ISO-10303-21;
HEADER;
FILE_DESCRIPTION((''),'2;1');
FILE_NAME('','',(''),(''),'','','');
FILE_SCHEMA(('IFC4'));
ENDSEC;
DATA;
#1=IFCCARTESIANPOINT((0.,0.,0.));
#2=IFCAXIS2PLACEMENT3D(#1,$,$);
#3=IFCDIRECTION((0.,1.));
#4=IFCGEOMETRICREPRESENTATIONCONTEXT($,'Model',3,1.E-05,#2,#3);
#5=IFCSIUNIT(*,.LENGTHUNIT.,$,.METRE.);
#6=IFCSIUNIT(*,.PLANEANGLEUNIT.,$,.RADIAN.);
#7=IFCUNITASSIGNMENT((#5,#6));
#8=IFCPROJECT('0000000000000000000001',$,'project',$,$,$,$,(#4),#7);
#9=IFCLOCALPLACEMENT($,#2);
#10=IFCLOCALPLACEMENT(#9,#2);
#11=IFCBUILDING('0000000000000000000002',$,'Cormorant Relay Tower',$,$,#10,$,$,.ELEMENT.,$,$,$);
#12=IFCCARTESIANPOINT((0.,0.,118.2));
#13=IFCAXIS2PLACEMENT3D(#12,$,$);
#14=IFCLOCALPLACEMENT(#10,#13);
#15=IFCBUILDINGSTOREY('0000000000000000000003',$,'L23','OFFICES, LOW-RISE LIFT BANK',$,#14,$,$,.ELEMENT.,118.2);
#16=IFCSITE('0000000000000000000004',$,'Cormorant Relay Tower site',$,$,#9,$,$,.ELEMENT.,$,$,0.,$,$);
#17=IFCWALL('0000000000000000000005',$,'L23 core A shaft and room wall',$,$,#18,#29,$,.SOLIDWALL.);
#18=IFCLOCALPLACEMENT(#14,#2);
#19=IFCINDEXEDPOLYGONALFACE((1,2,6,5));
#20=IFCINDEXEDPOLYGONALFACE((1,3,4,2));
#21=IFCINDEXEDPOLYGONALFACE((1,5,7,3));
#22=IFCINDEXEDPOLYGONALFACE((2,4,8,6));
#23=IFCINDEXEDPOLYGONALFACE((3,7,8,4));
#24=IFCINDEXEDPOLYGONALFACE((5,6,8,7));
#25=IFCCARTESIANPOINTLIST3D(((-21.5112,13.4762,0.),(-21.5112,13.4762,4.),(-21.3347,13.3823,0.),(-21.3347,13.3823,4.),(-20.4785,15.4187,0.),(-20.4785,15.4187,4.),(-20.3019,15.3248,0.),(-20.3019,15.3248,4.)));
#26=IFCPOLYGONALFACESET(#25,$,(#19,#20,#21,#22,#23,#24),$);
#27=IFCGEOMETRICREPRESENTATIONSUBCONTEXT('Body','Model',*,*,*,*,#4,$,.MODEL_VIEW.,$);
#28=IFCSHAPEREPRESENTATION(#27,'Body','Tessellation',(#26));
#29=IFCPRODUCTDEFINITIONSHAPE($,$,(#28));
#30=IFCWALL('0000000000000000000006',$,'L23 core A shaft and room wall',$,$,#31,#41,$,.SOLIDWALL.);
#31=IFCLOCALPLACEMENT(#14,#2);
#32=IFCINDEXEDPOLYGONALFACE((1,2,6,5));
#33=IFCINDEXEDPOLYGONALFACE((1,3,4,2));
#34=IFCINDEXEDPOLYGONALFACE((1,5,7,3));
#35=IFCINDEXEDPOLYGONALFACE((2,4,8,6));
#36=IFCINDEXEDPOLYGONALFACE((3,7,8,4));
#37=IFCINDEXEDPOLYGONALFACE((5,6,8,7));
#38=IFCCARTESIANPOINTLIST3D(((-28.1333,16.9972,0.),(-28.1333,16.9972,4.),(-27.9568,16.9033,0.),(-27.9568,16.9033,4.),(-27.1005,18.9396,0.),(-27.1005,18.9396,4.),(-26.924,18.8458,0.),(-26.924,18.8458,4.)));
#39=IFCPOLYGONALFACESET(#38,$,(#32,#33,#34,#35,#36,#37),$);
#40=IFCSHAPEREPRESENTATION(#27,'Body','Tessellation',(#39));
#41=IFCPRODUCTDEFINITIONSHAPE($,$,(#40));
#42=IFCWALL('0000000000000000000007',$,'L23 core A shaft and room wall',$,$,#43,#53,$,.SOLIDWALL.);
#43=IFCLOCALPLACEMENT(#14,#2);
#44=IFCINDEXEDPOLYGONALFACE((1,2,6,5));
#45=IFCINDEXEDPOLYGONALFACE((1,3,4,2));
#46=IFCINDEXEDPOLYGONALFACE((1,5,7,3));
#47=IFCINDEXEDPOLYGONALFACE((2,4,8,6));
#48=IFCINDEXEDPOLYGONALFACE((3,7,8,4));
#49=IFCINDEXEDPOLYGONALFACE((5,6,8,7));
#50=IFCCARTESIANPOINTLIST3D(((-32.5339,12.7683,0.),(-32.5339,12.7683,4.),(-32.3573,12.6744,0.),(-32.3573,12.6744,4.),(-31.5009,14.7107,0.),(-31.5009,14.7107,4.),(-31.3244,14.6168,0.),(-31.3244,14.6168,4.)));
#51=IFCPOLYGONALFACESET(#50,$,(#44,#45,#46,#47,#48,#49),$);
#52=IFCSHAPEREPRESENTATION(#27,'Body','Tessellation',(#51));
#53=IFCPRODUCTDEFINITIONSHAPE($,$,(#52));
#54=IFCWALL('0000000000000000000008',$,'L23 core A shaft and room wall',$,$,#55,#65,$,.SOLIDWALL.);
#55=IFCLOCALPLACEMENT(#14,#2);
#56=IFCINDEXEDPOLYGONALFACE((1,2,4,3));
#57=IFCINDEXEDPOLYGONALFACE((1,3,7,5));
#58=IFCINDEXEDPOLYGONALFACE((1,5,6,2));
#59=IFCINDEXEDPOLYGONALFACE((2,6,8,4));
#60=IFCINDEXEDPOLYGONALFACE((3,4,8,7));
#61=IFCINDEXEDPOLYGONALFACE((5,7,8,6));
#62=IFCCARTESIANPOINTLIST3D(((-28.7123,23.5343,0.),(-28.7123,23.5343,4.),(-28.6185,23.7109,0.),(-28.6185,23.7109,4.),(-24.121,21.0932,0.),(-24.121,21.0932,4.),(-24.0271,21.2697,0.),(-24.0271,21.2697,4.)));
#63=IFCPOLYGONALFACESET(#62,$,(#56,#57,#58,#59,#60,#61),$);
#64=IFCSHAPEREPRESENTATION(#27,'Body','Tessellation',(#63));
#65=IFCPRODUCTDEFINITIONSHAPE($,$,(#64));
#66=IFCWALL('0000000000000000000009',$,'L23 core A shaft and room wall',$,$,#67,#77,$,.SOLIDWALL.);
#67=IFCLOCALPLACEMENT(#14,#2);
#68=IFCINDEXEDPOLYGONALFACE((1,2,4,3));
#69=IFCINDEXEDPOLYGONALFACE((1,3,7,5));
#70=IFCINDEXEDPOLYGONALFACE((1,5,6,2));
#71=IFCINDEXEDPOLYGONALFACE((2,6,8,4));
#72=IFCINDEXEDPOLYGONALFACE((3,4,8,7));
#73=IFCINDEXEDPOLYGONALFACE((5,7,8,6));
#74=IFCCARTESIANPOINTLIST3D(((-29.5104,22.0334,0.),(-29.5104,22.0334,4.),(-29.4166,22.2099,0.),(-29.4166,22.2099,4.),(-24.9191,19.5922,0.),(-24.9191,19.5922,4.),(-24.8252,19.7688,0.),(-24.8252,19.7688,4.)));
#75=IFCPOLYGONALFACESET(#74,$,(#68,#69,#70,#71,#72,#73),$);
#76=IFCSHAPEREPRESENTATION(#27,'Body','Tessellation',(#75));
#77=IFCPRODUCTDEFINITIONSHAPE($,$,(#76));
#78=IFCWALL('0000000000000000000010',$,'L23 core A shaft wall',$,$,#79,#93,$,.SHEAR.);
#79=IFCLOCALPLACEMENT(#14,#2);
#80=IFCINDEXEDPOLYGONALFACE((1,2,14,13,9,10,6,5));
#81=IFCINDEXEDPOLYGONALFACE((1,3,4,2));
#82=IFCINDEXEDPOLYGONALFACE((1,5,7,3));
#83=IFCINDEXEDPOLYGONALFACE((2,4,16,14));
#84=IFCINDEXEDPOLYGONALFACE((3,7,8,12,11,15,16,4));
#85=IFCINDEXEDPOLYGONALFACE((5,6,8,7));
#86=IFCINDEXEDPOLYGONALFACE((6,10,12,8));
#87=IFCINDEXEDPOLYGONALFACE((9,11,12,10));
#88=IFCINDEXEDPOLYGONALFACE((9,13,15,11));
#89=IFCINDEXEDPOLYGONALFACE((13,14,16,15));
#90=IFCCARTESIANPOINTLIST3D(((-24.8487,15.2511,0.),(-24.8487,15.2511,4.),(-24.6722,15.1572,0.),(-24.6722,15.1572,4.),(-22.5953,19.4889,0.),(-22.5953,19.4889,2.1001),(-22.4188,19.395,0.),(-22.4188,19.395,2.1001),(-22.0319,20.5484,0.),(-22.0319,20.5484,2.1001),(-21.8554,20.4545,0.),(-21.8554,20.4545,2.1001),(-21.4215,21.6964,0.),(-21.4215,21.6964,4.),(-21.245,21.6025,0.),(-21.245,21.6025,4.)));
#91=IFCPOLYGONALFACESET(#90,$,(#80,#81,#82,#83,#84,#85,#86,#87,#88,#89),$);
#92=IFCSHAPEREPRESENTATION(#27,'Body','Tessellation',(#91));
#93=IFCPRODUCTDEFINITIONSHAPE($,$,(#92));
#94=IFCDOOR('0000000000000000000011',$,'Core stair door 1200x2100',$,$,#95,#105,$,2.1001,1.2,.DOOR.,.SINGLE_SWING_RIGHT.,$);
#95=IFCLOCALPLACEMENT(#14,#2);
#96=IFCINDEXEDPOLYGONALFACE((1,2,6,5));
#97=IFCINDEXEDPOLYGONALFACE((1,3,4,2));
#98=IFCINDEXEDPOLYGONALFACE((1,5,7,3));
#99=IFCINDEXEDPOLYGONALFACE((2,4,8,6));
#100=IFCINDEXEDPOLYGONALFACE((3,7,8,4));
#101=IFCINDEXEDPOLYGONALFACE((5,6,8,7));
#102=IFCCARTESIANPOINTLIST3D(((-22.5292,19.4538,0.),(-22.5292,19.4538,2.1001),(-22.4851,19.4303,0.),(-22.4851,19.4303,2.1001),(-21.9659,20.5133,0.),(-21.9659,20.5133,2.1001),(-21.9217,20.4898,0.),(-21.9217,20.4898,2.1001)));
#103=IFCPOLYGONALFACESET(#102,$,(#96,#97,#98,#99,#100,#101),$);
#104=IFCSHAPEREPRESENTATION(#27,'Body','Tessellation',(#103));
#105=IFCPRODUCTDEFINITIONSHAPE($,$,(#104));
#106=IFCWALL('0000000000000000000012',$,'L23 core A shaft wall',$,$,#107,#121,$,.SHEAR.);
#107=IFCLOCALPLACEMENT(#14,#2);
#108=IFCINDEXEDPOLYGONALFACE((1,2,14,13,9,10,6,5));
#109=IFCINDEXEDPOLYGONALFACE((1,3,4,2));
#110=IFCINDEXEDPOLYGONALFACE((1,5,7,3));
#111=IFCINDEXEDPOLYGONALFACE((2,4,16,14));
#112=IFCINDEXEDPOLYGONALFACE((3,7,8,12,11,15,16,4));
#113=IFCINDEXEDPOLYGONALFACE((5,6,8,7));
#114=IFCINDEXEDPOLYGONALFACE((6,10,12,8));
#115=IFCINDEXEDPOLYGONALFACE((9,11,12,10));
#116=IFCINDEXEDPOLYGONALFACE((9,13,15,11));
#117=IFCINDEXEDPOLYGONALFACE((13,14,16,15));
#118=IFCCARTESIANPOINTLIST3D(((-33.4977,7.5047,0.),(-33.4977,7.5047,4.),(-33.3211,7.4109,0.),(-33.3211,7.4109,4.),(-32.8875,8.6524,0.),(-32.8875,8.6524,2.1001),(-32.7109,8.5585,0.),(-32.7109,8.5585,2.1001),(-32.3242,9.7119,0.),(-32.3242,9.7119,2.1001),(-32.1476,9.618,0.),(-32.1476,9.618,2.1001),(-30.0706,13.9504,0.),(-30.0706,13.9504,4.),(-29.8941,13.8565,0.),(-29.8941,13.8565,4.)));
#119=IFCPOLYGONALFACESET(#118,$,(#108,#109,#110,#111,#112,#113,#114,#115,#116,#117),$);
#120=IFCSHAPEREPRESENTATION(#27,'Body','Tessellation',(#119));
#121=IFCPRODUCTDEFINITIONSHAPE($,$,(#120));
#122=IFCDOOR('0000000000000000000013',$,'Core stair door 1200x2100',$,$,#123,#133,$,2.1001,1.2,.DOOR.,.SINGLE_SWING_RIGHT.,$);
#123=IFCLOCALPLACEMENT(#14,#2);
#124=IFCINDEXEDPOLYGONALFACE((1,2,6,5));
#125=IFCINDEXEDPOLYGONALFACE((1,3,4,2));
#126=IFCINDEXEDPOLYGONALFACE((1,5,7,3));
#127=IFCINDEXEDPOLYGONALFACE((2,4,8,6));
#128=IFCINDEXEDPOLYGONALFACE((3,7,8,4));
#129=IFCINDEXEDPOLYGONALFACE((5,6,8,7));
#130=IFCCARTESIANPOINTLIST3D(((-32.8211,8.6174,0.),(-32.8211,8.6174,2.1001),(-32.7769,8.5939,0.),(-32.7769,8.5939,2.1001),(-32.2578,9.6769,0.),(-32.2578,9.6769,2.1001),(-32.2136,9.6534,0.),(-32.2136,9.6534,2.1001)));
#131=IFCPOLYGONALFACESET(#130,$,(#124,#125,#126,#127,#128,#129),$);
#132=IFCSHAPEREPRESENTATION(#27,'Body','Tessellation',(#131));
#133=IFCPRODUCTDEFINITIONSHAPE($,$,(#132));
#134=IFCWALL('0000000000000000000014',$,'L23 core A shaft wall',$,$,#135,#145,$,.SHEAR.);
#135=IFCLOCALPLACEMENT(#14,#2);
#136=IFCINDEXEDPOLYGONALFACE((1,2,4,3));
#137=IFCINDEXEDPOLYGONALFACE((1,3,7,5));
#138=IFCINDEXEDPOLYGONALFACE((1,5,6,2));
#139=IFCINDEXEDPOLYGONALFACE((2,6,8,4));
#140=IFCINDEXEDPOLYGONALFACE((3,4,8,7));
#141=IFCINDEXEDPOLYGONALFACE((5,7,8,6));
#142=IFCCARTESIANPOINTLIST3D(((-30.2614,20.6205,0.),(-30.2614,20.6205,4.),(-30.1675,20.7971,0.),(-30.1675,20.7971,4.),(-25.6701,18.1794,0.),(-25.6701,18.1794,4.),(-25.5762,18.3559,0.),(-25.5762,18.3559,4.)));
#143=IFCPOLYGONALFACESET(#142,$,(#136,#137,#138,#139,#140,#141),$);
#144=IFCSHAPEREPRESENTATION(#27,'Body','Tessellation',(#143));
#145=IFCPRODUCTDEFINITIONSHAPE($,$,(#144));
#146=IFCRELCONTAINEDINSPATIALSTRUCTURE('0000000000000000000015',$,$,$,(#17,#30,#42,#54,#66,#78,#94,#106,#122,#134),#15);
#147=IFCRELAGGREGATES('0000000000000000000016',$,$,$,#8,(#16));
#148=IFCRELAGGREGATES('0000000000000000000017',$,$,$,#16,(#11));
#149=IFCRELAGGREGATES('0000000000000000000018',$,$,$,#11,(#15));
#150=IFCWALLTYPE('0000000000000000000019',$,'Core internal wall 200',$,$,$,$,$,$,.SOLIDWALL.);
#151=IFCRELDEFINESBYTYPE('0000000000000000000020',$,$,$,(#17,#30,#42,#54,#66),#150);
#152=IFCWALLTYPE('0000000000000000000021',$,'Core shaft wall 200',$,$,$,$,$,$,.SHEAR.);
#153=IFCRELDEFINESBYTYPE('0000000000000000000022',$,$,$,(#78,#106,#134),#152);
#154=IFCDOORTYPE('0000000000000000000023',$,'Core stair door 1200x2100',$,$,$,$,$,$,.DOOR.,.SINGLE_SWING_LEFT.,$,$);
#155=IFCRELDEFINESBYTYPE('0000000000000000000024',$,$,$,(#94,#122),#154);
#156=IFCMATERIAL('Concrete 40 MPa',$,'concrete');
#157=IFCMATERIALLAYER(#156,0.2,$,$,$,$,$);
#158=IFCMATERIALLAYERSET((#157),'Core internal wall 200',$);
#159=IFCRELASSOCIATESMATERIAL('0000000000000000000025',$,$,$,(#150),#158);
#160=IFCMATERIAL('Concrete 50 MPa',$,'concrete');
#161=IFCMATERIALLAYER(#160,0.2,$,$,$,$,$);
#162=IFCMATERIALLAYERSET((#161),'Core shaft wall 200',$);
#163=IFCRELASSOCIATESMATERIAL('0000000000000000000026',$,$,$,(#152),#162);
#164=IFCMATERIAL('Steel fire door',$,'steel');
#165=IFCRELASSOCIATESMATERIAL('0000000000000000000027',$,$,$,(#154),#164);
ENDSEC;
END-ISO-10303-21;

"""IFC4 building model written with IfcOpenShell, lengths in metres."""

from ifc_helpers import new_model, si_unit, direction, frame, frame_2d, origin, place, context, subcontext, project, spatial, rectangle, extrude, material, layer, layer_set, type_object, element, fill, save


model = new_model("IFC4")

# Units and contexts
model_context = context("Model", 3, precision=1e-05, world=origin(), true_north=direction((0.0, 1.0)))
body_context = subcontext(model_context, "Body", "Model", "MODEL_VIEW")
ifc_project = project(units=[si_unit("LENGTHUNIT", "METRE"), si_unit("PLANEANGLEUNIT", "RADIAN")], contexts=[model_context])

# Site, building, storey
site_placement = place(None, origin())
site = spatial("IfcSite", under=ifc_project, at=site_placement, Name="Cormorant Relay Tower site", CompositionType="ELEMENT", RefElevation=0.0)
building_placement = place(site_placement, origin())
building = spatial("IfcBuilding", under=site, at=building_placement, Name="Cormorant Relay Tower", CompositionType="ELEMENT")
storey_placement = place(building_placement, frame((0.0, 0.0, 118.2)))
storey = spatial("IfcBuildingStorey", under=building, at=storey_placement, Name="L23", Description="OFFICES, LOW-RISE LIFT BANK", CompositionType="ELEMENT", Elevation=118.2)

# Walls
ifc_material_1 = material(Name="Concrete 40 MPa", Category="concrete")
ifc_layer_1 = layer(ifc_material_1, 0.2)
ifc_layer_set_1 = layer_set([ifc_layer_1], Name="Core internal wall 200")
wall_type_1 = type_object("IfcWallType", Name="Core internal wall 200", PredefinedType="SOLIDWALL", material=ifc_layer_set_1)
for number, where, z_axis, x_axis, name in (
    (1, (-20.3901, 15.3718, 0.0), (0.0, 0.0, 1.0), (-0.469447, -0.88296, 0.0), "L23 core A shaft and room wall"),
    (2, (-27.0122, 18.8928, 0.0), (0.0, 0.0, 1.0), (-0.469447, -0.88296, 0.0), "L23 core A shaft and room wall"),
    (3, (-31.4126, 14.6638, 0.0), (0.0, 0.0, 1.0), (-0.469534, -0.882914, 0.0), "L23 core A shaft and room wall"),
):
    element("IfcWall", number, at=place(storey_placement, frame(where, z_axis=z_axis, x_axis=x_axis)), inside=storey, type_object=wall_type_1, Name=name, PredefinedType="SOLIDWALL", context=body_context, shape_type="SweptSolid", body=[
        extrude(rectangle(XDim=2.2, YDim=0.2, at=frame_2d((1.1001, 0.0))), origin(), (0.0, 0.0, 1.0), 4.0),
    ])
for number, where, z_axis, x_axis, name in (
    (4, (-24.074, 21.1814, 0.0), (0.0, 0.0, 1.0), (-0.882954, 0.46946, 0.0), "L23 core A shaft and room wall"),
    (5, (-24.8721, 19.6804, 0.0), (0.0, 0.0, 1.0), (-0.882954, 0.46946, 0.0), "L23 core A shaft and room wall"),
):
    element("IfcWall", number, at=place(storey_placement, frame(where, z_axis=z_axis, x_axis=x_axis)), inside=storey, type_object=wall_type_1, Name=name, PredefinedType="SOLIDWALL", context=body_context, shape_type="SweptSolid", body=[
        extrude(rectangle(XDim=5.2, YDim=0.2, at=frame_2d((2.6001, 0.0))), origin(), (0.0, 0.0, 1.0), 4.0),
    ])

# Walls, openings, doors
ifc_material_2 = material(Name="Concrete 50 MPa", Category="concrete")
ifc_layer_2 = layer(ifc_material_2, 0.2)
ifc_layer_set_2 = layer_set([ifc_layer_2], Name="Core shaft wall 200")
wall_type_2 = type_object("IfcWallType", Name="Core shaft wall 200", PredefinedType="SHEAR", material=ifc_layer_set_2)
wall_1_placement = place(storey_placement, frame((-21.3333, 21.6494, 0.0), z_axis=(0.0, 0.0, 1.0), x_axis=(-0.469494, -0.882936, 0.0)))
wall_1 = element("IfcWall", 6, at=wall_1_placement, inside=storey, type_object=wall_type_2, Name="L23 core A shaft wall", PredefinedType="SHEAR", context=body_context, shape_type="SweptSolid", body=[
    extrude(rectangle(XDim=7.2998, YDim=0.2, at=frame_2d((3.6499, 0.0))), origin(), (0.0, 0.0, 1.0), 4.0),
])
opening_1_placement = place(wall_1_placement, frame((1.3, 0.0, 0.0)))
opening_1 = element("IfcOpeningElement", 7, at=opening_1_placement, cuts=wall_1, PredefinedType="OPENING", context=body_context, shape_type="SweptSolid", body=[
    extrude(rectangle(XDim=1.2, YDim=2.1001, at=frame_2d((0.6001, 1.05))), frame((0.0, 0.1099, 0.0), z_axis=(0.0, -1.0, 0.0), x_axis=(1.0, 0.0, 0.0)), (0.0, 0.0, 1.0), 0.22),
])
ifc_material_3 = material(Name="Steel fire door", Category="steel")
door_type_1 = type_object("IfcDoorType", Name="Core stair door 1200x2100", OperationType="SINGLE_SWING_LEFT", PredefinedType="DOOR", material=ifc_material_3)
door_1_placement = place(opening_1_placement, origin())
door_1 = element("IfcDoor", 8, at=door_1_placement, inside=storey, type_object=door_type_1, Name="Core stair door 1200x2100", OperationType="SINGLE_SWING_RIGHT", OverallHeight=2.1001, OverallWidth=1.2, PredefinedType="DOOR", context=body_context, shape_type="SweptSolid", body=[
    extrude(rectangle(XDim=1.2, YDim=2.1001, at=frame_2d((0.6001, 1.05))), frame((0.0, 0.0249, 0.0), z_axis=(0.0, -1.0, 0.0), x_axis=(1.0, 0.0, 0.0)), (0.0, 0.0, 1.0), 0.05),
])
fill(opening_1, door_1)
wall_2_placement = place(storey_placement, frame((-29.9824, 13.9033, 0.0), z_axis=(0.0, 0.0, 1.0), x_axis=(-0.469454, -0.882957, 0.0)))
wall_2 = element("IfcWall", 9, at=wall_2_placement, inside=storey, type_object=wall_type_2, Name="L23 core A shaft wall", PredefinedType="SHEAR", context=body_context, shape_type="SweptSolid", body=[
    extrude(rectangle(XDim=7.3, YDim=0.2, at=frame_2d((3.6499, 0.0))), origin(), (0.0, 0.0, 1.0), 4.0),
])
opening_2_placement = place(wall_2_placement, frame((4.8, 0.0, 0.0)))
opening_2 = element("IfcOpeningElement", 10, at=opening_2_placement, cuts=wall_2, PredefinedType="OPENING", context=body_context, shape_type="SweptSolid", body=[
    extrude(rectangle(XDim=1.2, YDim=2.1001, at=frame_2d((0.6001, 1.05))), frame((0.0, 0.1099, 0.0), z_axis=(0.0, -1.0, 0.0), x_axis=(1.0, 0.0, 0.0)), (0.0, 0.0, 1.0), 0.22),
])
door_2_placement = place(opening_2_placement, frame((1.2, 0.0, 0.0), z_axis=(0.0, 0.0, 1.0), x_axis=(-1.0, 0.0, 0.0)))
door_2 = element("IfcDoor", 11, at=door_2_placement, inside=storey, type_object=door_type_1, Name="Core stair door 1200x2100", OperationType="SINGLE_SWING_RIGHT", OverallHeight=2.1001, OverallWidth=1.2, PredefinedType="DOOR", context=body_context, shape_type="SweptSolid", body=[
    extrude(rectangle(XDim=1.2, YDim=2.1001, at=frame_2d((0.6001, 1.05))), frame((0.0, 0.0249, 0.0), z_axis=(0.0, -1.0, 0.0), x_axis=(1.0, 0.0, 0.0)), (0.0, 0.0, 1.0), 0.05),
])
fill(opening_2, door_2)

# Wall
wall_3_placement = place(storey_placement, frame((-25.623, 18.2676, 0.0), z_axis=(0.0, 0.0, 1.0), x_axis=(-0.882954, 0.46946, 0.0)))
element("IfcWall", 12, at=wall_3_placement, inside=storey, type_object=wall_type_2, Name="L23 core A shaft wall", PredefinedType="SHEAR", context=body_context, shape_type="SweptSolid", body=[
    extrude(rectangle(XDim=5.2, YDim=0.2, at=frame_2d((2.6001, 0.0))), origin(), (0.0, 0.0, 1.0), 4.0),
])

save(model, "model.ifc")
